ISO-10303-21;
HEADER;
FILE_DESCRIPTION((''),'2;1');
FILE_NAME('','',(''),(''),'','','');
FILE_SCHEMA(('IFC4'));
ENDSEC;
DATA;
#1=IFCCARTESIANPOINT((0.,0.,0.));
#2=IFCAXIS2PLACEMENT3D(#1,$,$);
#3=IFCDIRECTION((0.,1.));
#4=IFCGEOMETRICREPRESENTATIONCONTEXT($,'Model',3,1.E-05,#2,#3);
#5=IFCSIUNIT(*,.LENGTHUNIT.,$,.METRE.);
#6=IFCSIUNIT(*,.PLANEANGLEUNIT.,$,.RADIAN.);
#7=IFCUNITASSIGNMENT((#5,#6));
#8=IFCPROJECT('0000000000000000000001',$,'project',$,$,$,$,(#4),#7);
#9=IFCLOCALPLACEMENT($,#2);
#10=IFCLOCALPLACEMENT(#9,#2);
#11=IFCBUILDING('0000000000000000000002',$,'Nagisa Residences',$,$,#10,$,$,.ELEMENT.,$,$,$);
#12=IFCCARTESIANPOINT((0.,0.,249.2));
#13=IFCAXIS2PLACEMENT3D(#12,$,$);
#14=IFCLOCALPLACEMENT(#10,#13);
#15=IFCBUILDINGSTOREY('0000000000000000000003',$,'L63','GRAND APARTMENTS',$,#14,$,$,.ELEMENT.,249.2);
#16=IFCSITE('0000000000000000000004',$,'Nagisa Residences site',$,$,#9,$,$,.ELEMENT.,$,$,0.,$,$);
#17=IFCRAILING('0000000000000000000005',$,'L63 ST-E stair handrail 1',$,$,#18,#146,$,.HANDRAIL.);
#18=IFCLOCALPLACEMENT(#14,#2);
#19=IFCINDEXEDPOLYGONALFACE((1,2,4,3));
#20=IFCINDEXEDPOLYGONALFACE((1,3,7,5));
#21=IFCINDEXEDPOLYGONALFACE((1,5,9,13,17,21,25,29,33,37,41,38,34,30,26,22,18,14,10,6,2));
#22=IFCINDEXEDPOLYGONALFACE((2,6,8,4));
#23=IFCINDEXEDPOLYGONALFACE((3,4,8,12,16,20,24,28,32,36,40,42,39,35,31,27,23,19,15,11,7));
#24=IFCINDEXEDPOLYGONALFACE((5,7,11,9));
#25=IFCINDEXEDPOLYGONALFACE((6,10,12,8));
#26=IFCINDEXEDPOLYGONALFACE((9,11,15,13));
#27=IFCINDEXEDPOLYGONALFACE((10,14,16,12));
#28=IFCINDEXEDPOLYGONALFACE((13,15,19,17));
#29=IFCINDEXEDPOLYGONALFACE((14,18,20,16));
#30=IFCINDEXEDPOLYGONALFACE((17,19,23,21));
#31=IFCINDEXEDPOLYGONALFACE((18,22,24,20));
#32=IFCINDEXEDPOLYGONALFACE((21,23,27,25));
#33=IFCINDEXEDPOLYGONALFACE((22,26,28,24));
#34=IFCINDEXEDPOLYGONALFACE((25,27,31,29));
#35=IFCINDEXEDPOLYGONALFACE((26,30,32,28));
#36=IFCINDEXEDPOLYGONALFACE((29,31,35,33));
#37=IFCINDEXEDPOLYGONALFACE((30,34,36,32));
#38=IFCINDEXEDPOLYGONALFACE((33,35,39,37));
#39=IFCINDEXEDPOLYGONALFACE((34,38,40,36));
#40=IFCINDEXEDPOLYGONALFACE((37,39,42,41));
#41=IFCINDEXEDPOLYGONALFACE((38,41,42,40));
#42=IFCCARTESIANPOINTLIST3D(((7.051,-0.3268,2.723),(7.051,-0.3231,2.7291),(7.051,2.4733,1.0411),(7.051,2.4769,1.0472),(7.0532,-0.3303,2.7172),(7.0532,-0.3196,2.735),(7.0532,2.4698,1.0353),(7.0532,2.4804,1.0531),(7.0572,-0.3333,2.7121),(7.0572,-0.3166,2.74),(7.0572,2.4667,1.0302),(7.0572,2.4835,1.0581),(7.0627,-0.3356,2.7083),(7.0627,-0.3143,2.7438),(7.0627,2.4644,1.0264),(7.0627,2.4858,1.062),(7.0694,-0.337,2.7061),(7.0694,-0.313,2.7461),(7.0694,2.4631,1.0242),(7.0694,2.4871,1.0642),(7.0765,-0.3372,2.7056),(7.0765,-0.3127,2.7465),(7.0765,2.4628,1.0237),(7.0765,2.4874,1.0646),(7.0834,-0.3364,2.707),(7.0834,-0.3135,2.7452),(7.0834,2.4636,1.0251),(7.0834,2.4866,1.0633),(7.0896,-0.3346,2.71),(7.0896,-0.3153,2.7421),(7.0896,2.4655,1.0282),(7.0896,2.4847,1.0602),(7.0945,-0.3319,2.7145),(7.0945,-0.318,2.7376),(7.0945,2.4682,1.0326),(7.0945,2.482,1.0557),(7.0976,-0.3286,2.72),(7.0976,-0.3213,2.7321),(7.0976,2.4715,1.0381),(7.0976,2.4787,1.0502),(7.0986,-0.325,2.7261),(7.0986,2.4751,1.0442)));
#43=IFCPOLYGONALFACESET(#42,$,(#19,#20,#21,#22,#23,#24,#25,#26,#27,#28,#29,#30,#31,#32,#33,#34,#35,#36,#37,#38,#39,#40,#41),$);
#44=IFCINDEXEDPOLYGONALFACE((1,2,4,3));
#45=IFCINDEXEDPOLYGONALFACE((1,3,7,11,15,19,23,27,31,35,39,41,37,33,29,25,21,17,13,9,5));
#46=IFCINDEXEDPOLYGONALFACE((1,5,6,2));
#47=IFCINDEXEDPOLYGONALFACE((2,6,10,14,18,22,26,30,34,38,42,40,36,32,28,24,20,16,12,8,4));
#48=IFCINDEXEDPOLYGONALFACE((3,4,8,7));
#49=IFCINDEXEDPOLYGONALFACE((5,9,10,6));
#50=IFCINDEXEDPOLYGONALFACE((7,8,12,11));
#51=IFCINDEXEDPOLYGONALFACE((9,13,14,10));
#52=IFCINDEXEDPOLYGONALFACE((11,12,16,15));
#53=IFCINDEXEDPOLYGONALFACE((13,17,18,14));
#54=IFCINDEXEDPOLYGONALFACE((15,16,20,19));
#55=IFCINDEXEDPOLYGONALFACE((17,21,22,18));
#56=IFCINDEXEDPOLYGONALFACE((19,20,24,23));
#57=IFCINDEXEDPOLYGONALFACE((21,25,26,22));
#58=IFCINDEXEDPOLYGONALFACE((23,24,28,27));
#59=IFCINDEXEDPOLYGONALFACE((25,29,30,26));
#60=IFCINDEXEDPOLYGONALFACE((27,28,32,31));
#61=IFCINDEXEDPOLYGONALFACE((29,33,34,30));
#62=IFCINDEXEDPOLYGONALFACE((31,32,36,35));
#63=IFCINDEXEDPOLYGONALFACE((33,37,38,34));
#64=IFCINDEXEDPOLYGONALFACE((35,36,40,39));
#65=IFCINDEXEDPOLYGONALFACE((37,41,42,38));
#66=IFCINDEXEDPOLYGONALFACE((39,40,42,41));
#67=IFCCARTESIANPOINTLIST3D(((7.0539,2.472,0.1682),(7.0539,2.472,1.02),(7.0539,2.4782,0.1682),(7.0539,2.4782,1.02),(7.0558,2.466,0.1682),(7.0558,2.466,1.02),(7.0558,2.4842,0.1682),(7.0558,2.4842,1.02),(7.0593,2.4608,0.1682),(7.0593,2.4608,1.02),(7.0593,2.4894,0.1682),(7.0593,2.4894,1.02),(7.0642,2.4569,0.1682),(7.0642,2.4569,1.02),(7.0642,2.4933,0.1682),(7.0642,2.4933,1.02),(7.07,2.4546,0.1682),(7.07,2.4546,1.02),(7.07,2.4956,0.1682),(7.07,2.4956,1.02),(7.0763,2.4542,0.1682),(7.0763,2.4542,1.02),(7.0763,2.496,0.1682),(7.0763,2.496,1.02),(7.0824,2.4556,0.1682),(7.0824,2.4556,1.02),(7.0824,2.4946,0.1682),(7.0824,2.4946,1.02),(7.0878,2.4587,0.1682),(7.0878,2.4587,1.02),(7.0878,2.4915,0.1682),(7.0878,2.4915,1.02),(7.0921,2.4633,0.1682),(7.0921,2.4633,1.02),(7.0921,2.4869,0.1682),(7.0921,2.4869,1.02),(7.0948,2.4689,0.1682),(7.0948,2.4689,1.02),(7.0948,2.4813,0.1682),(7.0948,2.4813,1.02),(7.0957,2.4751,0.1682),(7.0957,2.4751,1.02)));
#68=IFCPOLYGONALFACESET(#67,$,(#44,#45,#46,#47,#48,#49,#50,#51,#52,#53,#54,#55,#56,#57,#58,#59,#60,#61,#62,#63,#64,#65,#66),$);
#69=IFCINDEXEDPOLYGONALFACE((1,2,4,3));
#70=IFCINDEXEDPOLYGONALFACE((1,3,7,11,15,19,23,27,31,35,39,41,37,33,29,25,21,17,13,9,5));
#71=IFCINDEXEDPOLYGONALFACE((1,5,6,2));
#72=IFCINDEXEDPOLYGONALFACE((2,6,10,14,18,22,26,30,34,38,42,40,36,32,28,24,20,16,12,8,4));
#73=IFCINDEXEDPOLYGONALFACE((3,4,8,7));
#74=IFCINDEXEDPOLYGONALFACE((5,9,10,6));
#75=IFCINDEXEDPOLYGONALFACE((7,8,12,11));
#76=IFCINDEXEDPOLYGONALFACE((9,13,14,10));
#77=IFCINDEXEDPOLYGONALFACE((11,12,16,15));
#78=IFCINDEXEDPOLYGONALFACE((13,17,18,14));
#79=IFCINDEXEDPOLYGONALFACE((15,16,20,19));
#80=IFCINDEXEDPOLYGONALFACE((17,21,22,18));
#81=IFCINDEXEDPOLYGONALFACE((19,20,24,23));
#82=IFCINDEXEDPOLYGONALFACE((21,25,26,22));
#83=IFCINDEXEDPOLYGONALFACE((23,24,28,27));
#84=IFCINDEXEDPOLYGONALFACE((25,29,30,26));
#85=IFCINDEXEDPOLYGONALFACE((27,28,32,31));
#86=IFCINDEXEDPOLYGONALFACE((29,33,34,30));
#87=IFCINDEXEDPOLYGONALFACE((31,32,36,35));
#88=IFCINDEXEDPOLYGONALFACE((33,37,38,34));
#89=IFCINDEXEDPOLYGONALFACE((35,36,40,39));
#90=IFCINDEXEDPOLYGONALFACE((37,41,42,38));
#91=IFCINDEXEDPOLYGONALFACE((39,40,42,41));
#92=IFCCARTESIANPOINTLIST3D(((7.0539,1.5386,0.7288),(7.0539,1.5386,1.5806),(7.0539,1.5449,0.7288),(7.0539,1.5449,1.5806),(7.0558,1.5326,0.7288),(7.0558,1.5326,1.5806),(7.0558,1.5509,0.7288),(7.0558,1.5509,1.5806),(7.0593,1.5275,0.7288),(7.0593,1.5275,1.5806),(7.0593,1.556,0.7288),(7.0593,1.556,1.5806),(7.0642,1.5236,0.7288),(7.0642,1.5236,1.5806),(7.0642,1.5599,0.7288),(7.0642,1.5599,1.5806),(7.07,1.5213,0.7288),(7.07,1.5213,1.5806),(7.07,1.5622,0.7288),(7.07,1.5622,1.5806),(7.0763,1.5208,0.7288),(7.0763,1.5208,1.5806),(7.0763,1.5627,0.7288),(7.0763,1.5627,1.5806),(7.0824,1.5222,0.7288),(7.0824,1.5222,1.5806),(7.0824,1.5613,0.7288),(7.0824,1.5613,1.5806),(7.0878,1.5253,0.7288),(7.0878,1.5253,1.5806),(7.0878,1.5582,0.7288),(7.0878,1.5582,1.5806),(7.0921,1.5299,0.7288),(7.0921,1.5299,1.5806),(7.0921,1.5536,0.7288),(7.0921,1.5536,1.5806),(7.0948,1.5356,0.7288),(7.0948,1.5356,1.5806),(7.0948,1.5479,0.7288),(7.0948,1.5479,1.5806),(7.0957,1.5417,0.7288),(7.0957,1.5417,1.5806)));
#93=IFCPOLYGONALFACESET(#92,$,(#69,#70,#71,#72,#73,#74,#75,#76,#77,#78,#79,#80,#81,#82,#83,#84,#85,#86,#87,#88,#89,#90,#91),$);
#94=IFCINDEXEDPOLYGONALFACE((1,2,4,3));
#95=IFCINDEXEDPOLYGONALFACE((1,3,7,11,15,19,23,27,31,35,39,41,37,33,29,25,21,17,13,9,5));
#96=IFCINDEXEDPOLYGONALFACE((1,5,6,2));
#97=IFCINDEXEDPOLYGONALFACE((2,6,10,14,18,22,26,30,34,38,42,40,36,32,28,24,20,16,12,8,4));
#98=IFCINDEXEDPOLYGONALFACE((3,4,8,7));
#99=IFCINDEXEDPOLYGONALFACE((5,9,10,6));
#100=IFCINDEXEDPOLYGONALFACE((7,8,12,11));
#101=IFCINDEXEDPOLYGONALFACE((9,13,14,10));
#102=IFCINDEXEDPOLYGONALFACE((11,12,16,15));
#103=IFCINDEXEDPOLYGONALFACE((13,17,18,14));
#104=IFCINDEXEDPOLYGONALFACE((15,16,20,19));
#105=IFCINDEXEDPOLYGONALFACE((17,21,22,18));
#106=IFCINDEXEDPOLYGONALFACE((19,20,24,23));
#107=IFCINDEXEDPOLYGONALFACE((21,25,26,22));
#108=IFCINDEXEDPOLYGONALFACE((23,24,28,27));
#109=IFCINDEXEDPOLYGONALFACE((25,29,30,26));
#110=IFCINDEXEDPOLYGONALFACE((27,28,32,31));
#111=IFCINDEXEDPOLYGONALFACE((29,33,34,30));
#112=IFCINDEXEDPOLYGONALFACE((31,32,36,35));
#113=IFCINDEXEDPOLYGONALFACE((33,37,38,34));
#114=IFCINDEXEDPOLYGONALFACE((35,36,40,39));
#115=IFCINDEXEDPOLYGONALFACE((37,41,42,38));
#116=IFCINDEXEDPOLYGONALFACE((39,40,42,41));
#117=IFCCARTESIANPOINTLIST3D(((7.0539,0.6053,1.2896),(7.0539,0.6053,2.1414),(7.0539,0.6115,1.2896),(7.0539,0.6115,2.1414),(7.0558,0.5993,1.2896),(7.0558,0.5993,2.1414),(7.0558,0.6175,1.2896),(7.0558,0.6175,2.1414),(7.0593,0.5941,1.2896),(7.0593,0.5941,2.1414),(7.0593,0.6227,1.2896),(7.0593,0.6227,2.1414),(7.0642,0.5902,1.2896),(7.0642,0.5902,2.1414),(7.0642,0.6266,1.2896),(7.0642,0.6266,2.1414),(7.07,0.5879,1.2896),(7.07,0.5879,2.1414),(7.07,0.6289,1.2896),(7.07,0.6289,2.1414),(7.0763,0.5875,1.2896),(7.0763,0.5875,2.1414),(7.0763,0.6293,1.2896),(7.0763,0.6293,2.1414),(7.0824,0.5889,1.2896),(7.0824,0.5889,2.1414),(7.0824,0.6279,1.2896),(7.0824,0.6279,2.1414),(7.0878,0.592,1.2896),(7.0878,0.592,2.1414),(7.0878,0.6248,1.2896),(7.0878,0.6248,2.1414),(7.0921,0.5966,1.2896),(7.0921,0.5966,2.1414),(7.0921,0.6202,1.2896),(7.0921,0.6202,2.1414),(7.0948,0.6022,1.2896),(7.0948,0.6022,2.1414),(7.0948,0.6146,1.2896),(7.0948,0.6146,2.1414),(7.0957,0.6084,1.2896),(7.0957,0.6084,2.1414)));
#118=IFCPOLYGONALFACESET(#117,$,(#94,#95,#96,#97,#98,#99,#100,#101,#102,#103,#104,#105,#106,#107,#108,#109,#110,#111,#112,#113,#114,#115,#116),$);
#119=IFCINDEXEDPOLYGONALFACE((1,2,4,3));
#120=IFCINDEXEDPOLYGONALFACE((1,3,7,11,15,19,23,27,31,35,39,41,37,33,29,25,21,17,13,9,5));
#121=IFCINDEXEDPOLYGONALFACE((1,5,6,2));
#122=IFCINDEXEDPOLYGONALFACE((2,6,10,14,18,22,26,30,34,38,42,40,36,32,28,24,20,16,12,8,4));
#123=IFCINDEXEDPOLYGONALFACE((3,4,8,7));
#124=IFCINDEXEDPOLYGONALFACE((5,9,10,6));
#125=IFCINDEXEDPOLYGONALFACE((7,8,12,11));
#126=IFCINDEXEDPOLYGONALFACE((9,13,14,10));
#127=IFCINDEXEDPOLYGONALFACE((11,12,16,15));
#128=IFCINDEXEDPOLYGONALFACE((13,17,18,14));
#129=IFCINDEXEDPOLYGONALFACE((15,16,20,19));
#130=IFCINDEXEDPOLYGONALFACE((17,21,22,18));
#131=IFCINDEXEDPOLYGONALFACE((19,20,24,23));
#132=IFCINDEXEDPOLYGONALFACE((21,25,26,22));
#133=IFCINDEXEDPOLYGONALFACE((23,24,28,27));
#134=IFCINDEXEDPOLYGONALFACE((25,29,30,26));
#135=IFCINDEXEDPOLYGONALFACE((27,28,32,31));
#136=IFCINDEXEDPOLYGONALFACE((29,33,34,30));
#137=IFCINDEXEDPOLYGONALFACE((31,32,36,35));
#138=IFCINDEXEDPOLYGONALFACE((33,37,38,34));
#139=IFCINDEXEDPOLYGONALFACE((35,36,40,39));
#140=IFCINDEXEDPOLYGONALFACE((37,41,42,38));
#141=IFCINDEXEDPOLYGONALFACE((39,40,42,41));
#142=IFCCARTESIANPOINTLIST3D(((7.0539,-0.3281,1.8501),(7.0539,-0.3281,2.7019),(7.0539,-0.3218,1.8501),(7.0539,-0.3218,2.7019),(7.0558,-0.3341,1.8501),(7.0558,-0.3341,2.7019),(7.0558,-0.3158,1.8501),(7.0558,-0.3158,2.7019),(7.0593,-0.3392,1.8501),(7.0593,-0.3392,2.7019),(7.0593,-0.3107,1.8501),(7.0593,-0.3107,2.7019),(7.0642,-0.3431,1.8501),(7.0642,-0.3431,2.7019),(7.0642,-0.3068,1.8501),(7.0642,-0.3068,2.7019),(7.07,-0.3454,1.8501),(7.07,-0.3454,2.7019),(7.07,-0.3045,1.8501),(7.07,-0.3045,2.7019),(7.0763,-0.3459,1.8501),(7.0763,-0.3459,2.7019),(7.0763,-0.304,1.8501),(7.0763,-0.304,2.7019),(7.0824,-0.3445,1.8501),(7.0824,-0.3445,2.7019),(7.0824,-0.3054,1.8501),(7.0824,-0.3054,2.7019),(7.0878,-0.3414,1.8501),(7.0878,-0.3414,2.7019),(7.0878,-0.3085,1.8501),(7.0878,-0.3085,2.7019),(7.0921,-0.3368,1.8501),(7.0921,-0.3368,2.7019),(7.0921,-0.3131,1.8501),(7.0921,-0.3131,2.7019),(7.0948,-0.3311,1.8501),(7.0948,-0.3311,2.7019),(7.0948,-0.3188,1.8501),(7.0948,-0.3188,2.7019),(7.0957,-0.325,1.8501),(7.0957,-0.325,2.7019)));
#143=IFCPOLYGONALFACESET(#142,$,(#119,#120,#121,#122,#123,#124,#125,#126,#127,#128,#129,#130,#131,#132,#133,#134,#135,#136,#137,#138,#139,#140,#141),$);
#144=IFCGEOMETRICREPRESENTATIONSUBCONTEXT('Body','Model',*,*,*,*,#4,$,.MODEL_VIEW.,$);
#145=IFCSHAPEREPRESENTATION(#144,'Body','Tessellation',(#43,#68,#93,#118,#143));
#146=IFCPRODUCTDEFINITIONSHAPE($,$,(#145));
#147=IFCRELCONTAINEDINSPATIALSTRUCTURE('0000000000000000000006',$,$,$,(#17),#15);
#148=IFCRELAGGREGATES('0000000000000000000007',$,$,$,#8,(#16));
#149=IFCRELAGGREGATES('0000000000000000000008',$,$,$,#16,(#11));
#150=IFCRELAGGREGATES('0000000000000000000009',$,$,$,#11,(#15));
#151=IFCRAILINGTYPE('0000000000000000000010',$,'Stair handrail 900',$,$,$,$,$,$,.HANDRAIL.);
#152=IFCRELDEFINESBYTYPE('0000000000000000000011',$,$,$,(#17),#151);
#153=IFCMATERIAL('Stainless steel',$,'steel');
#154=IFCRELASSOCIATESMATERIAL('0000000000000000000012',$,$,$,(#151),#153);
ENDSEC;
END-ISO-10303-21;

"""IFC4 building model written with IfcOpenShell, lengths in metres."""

from ifc_helpers import new_model, si_unit, direction, frame, origin, origin_2d, place, context, subcontext, project, spatial, circle, extrude, material, type_object, element, save


model = new_model("IFC4")

# Units and contexts
model_context = context("Model", 3, precision=1e-05, world=origin(), true_north=direction((0.0, 1.0)))
body_context = subcontext(model_context, "Body", "Model", "MODEL_VIEW")
ifc_project = project(units=[si_unit("LENGTHUNIT", "METRE"), si_unit("PLANEANGLEUNIT", "RADIAN")], contexts=[model_context])

# Site, building, storey
site_placement = place(None, origin())
site = spatial("IfcSite", under=ifc_project, at=site_placement, Name="Nagisa Residences site", CompositionType="ELEMENT", RefElevation=0.0)
building_placement = place(site_placement, origin())
building = spatial("IfcBuilding", under=site, at=building_placement, Name="Nagisa Residences", CompositionType="ELEMENT")
storey_placement = place(building_placement, frame((0.0, 0.0, 249.2)))
storey = spatial("IfcBuildingStorey", under=building, at=storey_placement, Name="L63", Description="GRAND APARTMENTS", CompositionType="ELEMENT", Elevation=249.2)

# Railing
ifc_material_1 = material(Name="Stainless steel", Category="steel")
railing_type_1 = type_object("IfcRailingType", Name="Stair handrail 900", PredefinedType="HANDRAIL", material=ifc_material_1)
railing_1_placement = place(storey_placement, frame((7.0747, 2.4751, 0.1682)))
element("IfcRailing", 1, at=railing_1_placement, inside=storey, type_object=railing_type_1, Name="L63 ST-E stair handrail 1", PredefinedType="HANDRAIL", context=body_context, shape_type="SweptSolid", body=[
    extrude(circle(Radius=0.0239, at=origin_2d()), frame((0.0, 0.0, 0.876), z_axis=(0.0, -0.857242, 0.514913), x_axis=(1.0, 0.0, 0.0)), (0.0, 0.0, 1.0), 3.2664),
    extrude(circle(Radius=0.021, at=origin_2d()), origin(), (0.0, 0.0, 1.0), 0.8518),
    extrude(circle(Radius=0.021, at=origin_2d()), frame((0.0, -0.9333, 0.5605)), (0.0, 0.0, 1.0), 0.8518),
    extrude(circle(Radius=0.021, at=origin_2d()), frame((0.0, -1.8667, 1.1213)), (0.0, 0.0, 1.0), 0.8518),
    extrude(circle(Radius=0.021, at=origin_2d()), frame((0.0, -2.8, 1.6819)), (0.0, 0.0, 1.0), 0.8518),
])

save(model, "model.ifc")
